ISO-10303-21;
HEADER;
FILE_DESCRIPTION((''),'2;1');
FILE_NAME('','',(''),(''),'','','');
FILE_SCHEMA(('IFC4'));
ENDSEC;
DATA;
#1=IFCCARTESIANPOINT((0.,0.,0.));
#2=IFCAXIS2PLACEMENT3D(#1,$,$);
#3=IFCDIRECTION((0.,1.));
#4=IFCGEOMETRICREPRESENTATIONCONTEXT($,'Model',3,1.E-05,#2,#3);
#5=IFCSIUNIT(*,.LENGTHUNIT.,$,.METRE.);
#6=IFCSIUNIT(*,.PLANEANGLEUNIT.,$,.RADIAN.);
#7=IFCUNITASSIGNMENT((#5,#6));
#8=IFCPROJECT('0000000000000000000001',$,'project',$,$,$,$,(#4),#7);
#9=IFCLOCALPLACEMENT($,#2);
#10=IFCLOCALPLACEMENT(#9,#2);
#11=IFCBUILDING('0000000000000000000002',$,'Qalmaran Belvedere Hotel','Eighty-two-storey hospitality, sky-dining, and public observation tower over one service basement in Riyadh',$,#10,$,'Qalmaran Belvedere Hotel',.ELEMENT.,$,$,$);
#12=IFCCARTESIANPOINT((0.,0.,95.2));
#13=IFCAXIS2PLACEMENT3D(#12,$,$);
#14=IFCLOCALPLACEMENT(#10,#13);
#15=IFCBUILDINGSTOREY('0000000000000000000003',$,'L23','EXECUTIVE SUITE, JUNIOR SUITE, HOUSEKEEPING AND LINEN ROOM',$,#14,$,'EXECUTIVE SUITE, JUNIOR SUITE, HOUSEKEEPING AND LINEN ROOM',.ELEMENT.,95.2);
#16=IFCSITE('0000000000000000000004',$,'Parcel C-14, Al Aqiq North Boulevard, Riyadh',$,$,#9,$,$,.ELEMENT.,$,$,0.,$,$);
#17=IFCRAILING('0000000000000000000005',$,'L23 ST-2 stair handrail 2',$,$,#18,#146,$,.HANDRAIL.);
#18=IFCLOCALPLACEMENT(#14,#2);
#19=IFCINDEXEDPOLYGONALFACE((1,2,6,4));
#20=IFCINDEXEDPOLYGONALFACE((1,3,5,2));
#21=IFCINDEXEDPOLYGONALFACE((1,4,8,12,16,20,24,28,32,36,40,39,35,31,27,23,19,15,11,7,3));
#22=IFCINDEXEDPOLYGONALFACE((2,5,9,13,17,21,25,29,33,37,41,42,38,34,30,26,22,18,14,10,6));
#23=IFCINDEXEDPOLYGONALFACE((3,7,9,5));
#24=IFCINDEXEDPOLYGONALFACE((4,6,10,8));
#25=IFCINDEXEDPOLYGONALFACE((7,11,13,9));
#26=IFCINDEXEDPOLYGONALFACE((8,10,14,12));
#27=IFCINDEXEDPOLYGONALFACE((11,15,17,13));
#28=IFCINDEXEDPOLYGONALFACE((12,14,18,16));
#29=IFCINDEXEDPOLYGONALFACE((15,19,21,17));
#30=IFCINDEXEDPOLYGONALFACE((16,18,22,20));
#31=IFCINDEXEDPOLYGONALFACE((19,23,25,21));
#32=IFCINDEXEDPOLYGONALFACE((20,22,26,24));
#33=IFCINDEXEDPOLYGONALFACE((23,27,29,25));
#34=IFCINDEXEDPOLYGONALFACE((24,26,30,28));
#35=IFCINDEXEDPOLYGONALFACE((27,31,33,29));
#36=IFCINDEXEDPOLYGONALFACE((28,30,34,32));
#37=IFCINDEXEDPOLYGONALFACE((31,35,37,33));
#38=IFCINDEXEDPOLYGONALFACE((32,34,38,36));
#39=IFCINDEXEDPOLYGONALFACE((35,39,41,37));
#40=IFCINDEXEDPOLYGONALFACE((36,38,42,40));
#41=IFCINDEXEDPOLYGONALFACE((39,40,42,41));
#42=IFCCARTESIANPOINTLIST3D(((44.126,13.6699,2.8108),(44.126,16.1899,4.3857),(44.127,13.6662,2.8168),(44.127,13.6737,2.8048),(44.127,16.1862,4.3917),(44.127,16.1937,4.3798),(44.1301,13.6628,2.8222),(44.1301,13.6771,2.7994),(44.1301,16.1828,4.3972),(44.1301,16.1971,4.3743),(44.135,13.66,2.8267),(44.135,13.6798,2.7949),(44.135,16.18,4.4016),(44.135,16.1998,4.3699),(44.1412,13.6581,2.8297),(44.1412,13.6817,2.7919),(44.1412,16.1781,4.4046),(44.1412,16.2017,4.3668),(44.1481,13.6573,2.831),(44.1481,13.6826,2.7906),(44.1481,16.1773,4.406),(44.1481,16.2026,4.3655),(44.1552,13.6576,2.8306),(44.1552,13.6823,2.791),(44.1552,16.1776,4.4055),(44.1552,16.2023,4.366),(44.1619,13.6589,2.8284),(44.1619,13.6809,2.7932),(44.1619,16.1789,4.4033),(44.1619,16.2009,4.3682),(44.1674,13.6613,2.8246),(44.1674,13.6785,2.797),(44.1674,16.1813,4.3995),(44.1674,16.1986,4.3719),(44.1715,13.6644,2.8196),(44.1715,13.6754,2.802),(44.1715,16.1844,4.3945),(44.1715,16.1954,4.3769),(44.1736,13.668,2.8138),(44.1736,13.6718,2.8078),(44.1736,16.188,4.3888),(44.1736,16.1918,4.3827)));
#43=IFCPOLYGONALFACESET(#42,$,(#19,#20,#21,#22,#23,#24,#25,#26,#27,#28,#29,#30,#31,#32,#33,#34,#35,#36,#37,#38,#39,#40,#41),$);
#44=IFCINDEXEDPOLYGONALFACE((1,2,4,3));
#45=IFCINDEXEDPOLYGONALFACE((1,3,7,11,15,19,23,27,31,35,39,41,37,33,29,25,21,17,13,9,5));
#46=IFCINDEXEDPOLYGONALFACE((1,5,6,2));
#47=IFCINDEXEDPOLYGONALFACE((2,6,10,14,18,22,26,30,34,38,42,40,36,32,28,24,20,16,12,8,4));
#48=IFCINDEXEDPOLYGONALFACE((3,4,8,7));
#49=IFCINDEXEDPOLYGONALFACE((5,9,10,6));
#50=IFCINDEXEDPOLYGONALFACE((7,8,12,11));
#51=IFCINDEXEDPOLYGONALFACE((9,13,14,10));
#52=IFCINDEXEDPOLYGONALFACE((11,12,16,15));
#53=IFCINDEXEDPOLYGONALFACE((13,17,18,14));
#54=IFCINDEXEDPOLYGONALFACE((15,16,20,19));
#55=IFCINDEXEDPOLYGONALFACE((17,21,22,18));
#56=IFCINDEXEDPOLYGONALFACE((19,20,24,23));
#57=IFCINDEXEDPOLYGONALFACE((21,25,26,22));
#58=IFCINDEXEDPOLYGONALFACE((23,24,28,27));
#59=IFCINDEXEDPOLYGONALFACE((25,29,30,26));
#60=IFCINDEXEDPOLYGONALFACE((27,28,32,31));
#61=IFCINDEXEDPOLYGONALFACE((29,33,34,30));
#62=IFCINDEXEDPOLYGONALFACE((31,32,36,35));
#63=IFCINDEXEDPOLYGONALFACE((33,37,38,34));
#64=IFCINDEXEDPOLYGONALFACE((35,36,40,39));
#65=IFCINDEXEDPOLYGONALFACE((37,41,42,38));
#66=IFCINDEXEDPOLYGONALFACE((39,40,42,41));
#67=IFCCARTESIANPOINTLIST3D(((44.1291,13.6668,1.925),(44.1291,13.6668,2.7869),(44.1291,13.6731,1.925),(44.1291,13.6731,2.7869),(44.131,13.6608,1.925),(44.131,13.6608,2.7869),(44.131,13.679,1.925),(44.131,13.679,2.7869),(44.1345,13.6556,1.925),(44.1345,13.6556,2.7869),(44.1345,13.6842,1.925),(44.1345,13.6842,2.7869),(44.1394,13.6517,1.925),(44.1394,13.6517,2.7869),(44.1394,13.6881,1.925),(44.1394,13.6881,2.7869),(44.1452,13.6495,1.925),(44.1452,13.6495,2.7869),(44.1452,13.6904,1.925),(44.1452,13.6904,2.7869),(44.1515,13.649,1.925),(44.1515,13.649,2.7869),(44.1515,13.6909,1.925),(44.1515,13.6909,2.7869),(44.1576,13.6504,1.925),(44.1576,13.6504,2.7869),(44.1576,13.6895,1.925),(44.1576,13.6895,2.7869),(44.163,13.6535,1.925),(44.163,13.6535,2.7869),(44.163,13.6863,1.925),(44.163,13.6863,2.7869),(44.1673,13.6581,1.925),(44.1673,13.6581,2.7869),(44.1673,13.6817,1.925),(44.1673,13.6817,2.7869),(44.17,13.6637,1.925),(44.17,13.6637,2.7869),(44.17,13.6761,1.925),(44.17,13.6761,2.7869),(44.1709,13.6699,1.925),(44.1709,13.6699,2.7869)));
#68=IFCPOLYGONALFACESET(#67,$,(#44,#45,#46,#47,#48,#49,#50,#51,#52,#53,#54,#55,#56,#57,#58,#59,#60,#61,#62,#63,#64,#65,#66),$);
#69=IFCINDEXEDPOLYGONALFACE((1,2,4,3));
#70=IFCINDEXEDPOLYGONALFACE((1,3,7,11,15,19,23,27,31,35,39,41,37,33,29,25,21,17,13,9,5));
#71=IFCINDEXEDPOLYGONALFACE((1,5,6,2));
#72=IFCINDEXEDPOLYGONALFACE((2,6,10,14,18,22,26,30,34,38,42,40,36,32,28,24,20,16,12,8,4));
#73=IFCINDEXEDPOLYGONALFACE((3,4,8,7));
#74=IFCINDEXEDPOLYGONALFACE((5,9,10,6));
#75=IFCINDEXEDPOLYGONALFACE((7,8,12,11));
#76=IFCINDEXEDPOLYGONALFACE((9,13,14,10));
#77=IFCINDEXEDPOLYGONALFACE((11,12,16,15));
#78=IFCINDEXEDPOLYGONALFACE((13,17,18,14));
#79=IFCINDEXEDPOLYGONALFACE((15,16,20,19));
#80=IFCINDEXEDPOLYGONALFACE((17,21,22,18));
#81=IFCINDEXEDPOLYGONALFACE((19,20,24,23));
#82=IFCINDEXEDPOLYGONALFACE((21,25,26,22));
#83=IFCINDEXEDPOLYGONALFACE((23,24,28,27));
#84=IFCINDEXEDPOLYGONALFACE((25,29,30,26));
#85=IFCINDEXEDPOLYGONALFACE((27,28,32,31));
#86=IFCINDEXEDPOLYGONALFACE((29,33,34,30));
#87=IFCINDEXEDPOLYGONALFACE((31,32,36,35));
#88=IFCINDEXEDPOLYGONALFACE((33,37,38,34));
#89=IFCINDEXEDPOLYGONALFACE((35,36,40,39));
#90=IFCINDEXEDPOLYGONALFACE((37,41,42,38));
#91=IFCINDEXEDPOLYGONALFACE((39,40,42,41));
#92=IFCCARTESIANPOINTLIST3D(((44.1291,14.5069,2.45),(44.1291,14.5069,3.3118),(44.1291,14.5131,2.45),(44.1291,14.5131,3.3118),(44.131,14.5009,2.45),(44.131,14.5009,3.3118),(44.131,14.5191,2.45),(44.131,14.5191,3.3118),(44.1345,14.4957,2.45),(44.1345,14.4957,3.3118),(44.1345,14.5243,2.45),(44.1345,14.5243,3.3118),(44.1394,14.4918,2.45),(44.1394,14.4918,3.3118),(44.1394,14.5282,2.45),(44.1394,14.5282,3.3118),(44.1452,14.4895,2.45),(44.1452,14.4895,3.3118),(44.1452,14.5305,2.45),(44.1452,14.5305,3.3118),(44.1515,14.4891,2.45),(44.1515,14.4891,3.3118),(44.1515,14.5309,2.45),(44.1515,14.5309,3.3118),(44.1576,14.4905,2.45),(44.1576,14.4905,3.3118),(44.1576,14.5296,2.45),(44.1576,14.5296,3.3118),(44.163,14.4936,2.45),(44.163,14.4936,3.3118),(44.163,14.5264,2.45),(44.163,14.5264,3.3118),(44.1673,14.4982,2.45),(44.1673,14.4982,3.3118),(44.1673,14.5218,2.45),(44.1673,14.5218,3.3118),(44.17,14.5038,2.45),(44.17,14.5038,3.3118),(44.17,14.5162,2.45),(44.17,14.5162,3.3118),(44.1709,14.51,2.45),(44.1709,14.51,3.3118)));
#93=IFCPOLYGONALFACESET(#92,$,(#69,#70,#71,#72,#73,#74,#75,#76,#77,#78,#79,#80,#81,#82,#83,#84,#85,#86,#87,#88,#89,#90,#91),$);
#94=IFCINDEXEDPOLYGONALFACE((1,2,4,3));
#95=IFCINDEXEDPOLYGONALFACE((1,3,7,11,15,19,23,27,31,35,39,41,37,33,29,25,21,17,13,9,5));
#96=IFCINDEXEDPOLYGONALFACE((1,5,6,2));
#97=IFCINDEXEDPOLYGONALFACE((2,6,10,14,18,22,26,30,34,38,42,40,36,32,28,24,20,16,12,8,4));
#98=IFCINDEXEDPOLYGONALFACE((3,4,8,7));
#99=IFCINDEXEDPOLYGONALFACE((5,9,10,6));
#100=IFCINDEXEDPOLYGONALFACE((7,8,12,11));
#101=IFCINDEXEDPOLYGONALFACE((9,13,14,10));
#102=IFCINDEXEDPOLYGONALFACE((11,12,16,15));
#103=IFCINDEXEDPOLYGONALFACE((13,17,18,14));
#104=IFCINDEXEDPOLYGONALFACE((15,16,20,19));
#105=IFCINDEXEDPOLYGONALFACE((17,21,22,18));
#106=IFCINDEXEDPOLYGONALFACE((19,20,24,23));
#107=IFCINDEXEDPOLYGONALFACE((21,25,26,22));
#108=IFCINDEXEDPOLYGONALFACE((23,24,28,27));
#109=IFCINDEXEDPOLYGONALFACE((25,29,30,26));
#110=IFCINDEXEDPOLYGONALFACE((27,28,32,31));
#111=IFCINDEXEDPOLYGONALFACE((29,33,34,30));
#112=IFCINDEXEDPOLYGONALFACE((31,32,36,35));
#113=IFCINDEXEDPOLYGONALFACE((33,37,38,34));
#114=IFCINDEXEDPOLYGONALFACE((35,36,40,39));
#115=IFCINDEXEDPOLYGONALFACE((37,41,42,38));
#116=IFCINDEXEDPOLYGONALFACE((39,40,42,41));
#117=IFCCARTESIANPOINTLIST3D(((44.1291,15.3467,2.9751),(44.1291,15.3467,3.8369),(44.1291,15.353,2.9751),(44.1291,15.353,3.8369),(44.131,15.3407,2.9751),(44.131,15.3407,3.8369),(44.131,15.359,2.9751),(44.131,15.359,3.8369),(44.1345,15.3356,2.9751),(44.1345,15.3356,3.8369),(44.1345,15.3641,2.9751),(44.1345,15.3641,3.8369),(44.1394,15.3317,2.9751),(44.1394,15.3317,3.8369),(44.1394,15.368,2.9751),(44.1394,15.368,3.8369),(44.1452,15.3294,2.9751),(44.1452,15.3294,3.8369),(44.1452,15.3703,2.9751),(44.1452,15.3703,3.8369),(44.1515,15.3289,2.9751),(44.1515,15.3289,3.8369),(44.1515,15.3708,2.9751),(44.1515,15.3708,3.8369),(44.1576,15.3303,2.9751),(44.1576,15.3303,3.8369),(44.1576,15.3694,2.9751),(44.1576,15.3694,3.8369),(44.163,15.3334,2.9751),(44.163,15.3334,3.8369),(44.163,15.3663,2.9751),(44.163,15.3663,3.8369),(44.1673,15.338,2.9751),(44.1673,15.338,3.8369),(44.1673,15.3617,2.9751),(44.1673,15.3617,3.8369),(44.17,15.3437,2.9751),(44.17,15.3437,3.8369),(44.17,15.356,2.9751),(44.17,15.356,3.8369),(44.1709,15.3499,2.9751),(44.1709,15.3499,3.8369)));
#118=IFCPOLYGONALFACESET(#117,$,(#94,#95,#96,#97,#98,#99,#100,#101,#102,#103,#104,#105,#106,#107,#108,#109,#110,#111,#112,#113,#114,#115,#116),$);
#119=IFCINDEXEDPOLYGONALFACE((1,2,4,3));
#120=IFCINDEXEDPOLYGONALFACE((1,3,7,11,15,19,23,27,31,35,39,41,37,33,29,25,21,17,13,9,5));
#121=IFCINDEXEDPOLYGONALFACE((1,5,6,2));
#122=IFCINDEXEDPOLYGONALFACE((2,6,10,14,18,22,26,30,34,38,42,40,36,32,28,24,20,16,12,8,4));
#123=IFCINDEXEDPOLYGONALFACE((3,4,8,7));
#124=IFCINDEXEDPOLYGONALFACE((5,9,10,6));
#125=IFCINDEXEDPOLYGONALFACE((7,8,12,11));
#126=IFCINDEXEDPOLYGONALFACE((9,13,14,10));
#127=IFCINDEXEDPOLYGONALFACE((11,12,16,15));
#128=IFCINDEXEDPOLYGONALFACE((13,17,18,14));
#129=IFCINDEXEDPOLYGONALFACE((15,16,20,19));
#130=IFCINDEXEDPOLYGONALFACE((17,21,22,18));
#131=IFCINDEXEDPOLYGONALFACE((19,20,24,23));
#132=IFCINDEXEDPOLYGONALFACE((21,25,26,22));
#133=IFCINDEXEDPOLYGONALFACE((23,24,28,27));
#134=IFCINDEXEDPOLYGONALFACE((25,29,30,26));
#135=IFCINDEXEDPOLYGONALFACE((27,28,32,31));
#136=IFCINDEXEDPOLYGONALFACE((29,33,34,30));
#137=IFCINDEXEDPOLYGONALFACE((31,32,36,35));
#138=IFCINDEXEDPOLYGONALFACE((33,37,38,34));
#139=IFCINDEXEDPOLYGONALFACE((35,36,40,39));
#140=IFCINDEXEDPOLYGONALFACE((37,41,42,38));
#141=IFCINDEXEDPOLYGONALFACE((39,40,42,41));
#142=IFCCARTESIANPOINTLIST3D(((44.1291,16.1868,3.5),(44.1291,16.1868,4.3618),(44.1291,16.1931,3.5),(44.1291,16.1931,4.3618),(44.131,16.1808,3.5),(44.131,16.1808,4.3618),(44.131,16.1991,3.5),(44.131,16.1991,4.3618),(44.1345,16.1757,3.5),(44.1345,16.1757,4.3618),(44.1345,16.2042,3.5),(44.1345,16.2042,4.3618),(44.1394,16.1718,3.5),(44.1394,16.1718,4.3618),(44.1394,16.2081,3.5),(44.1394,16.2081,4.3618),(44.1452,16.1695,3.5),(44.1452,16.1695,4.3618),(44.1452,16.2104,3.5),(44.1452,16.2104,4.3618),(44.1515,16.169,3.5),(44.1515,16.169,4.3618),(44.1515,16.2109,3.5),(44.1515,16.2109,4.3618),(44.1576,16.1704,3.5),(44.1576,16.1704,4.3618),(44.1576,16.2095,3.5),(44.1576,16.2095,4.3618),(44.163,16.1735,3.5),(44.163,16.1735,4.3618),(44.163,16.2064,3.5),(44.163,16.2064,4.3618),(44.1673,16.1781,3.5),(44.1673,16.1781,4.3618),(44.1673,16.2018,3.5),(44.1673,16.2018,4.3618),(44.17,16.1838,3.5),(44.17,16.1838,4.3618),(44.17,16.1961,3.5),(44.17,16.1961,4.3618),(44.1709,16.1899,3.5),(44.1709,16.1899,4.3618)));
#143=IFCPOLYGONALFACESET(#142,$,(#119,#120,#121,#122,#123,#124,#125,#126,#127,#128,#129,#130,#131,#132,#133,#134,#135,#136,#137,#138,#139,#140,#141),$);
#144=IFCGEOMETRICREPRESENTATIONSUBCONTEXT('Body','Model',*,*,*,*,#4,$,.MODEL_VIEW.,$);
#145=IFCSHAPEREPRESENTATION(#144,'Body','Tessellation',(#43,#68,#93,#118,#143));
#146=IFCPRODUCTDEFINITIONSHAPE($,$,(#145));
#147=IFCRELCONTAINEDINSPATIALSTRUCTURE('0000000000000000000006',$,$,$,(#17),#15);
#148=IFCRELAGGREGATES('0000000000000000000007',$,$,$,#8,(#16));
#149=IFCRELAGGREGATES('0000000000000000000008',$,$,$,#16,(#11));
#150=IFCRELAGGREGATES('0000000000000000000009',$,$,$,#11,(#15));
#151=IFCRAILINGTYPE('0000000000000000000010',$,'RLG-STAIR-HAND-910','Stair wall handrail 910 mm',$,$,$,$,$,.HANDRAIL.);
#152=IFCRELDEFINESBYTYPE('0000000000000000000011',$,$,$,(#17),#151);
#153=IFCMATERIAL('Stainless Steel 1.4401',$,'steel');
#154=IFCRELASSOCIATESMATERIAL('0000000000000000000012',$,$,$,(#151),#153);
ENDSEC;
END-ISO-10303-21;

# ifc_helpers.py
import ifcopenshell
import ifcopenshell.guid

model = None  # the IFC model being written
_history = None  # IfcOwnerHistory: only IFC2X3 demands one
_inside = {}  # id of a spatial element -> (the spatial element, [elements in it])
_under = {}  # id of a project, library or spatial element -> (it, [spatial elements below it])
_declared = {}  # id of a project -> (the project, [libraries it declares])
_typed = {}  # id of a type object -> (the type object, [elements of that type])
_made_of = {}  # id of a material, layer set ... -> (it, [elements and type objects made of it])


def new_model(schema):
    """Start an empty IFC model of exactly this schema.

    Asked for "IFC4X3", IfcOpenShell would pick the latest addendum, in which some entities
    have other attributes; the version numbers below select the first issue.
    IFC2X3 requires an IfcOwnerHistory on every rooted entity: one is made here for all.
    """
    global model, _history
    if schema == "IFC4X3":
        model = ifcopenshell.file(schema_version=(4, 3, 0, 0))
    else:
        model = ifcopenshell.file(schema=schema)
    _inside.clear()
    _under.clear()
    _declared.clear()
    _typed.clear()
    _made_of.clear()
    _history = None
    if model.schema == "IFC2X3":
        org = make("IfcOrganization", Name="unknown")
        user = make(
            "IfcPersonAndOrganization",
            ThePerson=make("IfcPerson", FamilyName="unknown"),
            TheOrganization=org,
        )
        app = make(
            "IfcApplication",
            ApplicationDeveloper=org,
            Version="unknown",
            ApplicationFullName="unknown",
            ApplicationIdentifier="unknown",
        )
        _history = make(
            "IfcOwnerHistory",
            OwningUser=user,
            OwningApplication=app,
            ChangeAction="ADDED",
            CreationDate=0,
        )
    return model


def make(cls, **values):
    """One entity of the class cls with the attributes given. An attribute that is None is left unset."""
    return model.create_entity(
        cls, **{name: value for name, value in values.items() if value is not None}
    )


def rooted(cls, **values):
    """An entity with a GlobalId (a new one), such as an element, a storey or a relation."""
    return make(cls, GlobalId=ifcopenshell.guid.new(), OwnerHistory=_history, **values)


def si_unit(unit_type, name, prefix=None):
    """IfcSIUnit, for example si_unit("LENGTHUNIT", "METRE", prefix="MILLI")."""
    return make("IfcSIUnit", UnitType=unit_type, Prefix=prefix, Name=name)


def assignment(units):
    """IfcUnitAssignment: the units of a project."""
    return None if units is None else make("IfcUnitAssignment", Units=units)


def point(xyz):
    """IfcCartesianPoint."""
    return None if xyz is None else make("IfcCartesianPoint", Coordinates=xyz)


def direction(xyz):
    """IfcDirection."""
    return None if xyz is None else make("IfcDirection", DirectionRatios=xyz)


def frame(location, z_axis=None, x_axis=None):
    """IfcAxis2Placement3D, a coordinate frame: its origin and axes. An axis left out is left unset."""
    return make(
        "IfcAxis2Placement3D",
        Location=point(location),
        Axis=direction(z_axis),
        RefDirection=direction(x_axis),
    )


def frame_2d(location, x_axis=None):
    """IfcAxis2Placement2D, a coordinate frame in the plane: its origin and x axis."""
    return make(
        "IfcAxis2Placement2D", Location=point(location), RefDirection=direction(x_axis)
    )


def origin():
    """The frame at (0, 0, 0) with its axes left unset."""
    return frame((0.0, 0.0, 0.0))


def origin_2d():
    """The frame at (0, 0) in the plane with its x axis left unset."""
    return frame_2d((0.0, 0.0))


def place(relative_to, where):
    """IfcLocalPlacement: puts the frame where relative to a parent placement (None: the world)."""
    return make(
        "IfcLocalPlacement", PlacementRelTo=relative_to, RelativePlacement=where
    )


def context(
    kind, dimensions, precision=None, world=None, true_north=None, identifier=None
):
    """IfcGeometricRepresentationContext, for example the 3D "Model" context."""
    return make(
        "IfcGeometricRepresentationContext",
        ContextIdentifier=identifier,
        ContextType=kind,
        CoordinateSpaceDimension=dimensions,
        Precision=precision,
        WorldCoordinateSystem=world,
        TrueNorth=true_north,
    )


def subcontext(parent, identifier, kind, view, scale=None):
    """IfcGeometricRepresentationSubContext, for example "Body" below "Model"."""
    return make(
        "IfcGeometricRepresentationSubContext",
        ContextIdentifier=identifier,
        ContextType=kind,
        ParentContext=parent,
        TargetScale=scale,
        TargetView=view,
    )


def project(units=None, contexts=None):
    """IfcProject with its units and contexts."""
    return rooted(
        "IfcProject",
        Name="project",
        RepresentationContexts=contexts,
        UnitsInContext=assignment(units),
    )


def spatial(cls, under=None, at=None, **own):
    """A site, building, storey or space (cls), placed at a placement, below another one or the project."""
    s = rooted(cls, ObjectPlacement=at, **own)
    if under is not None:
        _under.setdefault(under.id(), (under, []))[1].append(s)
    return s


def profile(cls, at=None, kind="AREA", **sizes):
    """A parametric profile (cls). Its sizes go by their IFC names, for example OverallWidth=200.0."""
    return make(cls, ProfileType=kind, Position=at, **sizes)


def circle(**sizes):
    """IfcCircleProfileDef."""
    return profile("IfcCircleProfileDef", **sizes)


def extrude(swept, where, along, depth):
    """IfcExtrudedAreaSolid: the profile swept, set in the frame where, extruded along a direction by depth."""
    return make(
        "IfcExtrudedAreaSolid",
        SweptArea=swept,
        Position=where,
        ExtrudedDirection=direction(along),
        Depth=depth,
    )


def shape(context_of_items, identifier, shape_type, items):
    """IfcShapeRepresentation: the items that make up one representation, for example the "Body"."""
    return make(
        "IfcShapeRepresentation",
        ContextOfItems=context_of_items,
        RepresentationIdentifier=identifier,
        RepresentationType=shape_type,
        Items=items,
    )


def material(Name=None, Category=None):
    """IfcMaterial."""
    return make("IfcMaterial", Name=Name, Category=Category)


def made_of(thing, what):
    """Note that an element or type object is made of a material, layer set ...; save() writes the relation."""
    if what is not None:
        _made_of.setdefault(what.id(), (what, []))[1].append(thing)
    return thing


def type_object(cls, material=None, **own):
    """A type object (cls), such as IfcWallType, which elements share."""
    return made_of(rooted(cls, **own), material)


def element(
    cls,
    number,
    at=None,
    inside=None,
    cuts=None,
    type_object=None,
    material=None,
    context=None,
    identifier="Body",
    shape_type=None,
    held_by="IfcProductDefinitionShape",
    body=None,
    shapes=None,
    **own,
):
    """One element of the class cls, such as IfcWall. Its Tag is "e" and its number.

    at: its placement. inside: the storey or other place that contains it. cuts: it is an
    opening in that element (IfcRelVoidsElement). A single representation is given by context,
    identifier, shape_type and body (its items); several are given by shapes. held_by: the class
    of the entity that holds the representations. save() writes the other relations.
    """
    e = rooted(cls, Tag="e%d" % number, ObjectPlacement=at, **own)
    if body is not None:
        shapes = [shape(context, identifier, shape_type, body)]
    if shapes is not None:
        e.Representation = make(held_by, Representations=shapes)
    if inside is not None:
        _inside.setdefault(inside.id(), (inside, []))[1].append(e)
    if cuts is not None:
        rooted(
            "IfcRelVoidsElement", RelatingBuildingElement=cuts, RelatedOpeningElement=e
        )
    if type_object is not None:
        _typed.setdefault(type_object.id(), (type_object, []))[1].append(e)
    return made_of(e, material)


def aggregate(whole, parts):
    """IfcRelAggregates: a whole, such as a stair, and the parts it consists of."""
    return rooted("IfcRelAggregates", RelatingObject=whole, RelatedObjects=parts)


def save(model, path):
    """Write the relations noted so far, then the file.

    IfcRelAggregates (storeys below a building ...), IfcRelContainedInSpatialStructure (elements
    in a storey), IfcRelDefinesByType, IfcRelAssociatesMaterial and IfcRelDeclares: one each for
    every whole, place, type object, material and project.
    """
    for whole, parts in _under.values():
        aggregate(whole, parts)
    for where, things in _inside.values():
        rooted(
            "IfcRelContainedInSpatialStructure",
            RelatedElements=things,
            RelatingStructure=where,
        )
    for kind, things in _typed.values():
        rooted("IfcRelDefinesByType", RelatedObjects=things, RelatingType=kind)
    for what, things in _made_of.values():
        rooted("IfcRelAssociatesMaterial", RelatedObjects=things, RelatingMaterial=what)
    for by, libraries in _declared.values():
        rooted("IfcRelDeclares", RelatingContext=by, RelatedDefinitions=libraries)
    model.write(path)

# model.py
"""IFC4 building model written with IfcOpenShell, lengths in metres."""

from ifc_helpers import new_model, si_unit, direction, frame, origin, origin_2d, place, context, subcontext, project, spatial, circle, extrude, material, type_object, element, save


model = new_model("IFC4")

# Units and contexts
model_context = context("Model", 3, precision=1e-05, world=origin(), true_north=direction((0.0, 1.0)))
body_context = subcontext(model_context, "Body", "Model", "MODEL_VIEW")
ifc_project = project(units=[si_unit("LENGTHUNIT", "METRE"), si_unit("PLANEANGLEUNIT", "RADIAN")], contexts=[model_context])

# Site, building, storey
site_placement = place(None, origin())
site = spatial("IfcSite", under=ifc_project, at=site_placement, Name="Parcel C-14, Al Aqiq North Boulevard, Riyadh", CompositionType="ELEMENT", RefElevation=0.0)
building_placement = place(site_placement, origin())
building = spatial("IfcBuilding", under=site, at=building_placement, Name="Qalmaran Belvedere Hotel", Description="Eighty-two-storey hospitality, sky-dining, and public observation tower over one service basement in Riyadh", LongName="Qalmaran Belvedere Hotel", CompositionType="ELEMENT")
storey_placement = place(building_placement, frame((0.0, 0.0, 95.2)))
storey = spatial("IfcBuildingStorey", under=building, at=storey_placement, Name="L23", Description="EXECUTIVE SUITE, JUNIOR SUITE, HOUSEKEEPING AND LINEN ROOM", LongName="EXECUTIVE SUITE, JUNIOR SUITE, HOUSEKEEPING AND LINEN ROOM", CompositionType="ELEMENT", Elevation=95.2)

# Railing
ifc_material_1 = material(Name="Stainless Steel 1.4401", Category="steel")
railing_type = type_object("IfcRailingType", Name="RLG-STAIR-HAND-910", Description="Stair wall handrail 910 mm", PredefinedType="HANDRAIL", material=ifc_material_1)
railing_placement = place(storey_placement, frame((44.1499, 13.6699, 1.925)))
element("IfcRailing", 1, at=railing_placement, inside=storey, type_object=railing_type, Name="L23 ST-2 stair handrail 2", PredefinedType="HANDRAIL", context=body_context, shape_type="SweptSolid", body=[
    extrude(circle(Radius=0.0239, at=origin_2d()), frame((0.0, 0.0, 0.8857), z_axis=(0.0, 0.848008, 0.529984), x_axis=(-1.0, 0.0, 0.0)), (0.0, 0.0, 1.0), 2.9717),
    extrude(circle(Radius=0.021, at=origin_2d()), origin(), (0.0, 0.0, 1.0), 0.8618),
    extrude(circle(Radius=0.021, at=origin_2d()), frame((0.0, 0.8401, 0.5249)), (0.0, 0.0, 1.0), 0.8618),
    extrude(circle(Radius=0.021, at=origin_2d()), frame((0.0, 1.6799, 1.05)), (0.0, 0.0, 1.0), 0.8618),
    extrude(circle(Radius=0.021, at=origin_2d()), frame((0.0, 2.52, 1.575)), (0.0, 0.0, 1.0), 0.8618),
])

save(model, "model.ifc")
